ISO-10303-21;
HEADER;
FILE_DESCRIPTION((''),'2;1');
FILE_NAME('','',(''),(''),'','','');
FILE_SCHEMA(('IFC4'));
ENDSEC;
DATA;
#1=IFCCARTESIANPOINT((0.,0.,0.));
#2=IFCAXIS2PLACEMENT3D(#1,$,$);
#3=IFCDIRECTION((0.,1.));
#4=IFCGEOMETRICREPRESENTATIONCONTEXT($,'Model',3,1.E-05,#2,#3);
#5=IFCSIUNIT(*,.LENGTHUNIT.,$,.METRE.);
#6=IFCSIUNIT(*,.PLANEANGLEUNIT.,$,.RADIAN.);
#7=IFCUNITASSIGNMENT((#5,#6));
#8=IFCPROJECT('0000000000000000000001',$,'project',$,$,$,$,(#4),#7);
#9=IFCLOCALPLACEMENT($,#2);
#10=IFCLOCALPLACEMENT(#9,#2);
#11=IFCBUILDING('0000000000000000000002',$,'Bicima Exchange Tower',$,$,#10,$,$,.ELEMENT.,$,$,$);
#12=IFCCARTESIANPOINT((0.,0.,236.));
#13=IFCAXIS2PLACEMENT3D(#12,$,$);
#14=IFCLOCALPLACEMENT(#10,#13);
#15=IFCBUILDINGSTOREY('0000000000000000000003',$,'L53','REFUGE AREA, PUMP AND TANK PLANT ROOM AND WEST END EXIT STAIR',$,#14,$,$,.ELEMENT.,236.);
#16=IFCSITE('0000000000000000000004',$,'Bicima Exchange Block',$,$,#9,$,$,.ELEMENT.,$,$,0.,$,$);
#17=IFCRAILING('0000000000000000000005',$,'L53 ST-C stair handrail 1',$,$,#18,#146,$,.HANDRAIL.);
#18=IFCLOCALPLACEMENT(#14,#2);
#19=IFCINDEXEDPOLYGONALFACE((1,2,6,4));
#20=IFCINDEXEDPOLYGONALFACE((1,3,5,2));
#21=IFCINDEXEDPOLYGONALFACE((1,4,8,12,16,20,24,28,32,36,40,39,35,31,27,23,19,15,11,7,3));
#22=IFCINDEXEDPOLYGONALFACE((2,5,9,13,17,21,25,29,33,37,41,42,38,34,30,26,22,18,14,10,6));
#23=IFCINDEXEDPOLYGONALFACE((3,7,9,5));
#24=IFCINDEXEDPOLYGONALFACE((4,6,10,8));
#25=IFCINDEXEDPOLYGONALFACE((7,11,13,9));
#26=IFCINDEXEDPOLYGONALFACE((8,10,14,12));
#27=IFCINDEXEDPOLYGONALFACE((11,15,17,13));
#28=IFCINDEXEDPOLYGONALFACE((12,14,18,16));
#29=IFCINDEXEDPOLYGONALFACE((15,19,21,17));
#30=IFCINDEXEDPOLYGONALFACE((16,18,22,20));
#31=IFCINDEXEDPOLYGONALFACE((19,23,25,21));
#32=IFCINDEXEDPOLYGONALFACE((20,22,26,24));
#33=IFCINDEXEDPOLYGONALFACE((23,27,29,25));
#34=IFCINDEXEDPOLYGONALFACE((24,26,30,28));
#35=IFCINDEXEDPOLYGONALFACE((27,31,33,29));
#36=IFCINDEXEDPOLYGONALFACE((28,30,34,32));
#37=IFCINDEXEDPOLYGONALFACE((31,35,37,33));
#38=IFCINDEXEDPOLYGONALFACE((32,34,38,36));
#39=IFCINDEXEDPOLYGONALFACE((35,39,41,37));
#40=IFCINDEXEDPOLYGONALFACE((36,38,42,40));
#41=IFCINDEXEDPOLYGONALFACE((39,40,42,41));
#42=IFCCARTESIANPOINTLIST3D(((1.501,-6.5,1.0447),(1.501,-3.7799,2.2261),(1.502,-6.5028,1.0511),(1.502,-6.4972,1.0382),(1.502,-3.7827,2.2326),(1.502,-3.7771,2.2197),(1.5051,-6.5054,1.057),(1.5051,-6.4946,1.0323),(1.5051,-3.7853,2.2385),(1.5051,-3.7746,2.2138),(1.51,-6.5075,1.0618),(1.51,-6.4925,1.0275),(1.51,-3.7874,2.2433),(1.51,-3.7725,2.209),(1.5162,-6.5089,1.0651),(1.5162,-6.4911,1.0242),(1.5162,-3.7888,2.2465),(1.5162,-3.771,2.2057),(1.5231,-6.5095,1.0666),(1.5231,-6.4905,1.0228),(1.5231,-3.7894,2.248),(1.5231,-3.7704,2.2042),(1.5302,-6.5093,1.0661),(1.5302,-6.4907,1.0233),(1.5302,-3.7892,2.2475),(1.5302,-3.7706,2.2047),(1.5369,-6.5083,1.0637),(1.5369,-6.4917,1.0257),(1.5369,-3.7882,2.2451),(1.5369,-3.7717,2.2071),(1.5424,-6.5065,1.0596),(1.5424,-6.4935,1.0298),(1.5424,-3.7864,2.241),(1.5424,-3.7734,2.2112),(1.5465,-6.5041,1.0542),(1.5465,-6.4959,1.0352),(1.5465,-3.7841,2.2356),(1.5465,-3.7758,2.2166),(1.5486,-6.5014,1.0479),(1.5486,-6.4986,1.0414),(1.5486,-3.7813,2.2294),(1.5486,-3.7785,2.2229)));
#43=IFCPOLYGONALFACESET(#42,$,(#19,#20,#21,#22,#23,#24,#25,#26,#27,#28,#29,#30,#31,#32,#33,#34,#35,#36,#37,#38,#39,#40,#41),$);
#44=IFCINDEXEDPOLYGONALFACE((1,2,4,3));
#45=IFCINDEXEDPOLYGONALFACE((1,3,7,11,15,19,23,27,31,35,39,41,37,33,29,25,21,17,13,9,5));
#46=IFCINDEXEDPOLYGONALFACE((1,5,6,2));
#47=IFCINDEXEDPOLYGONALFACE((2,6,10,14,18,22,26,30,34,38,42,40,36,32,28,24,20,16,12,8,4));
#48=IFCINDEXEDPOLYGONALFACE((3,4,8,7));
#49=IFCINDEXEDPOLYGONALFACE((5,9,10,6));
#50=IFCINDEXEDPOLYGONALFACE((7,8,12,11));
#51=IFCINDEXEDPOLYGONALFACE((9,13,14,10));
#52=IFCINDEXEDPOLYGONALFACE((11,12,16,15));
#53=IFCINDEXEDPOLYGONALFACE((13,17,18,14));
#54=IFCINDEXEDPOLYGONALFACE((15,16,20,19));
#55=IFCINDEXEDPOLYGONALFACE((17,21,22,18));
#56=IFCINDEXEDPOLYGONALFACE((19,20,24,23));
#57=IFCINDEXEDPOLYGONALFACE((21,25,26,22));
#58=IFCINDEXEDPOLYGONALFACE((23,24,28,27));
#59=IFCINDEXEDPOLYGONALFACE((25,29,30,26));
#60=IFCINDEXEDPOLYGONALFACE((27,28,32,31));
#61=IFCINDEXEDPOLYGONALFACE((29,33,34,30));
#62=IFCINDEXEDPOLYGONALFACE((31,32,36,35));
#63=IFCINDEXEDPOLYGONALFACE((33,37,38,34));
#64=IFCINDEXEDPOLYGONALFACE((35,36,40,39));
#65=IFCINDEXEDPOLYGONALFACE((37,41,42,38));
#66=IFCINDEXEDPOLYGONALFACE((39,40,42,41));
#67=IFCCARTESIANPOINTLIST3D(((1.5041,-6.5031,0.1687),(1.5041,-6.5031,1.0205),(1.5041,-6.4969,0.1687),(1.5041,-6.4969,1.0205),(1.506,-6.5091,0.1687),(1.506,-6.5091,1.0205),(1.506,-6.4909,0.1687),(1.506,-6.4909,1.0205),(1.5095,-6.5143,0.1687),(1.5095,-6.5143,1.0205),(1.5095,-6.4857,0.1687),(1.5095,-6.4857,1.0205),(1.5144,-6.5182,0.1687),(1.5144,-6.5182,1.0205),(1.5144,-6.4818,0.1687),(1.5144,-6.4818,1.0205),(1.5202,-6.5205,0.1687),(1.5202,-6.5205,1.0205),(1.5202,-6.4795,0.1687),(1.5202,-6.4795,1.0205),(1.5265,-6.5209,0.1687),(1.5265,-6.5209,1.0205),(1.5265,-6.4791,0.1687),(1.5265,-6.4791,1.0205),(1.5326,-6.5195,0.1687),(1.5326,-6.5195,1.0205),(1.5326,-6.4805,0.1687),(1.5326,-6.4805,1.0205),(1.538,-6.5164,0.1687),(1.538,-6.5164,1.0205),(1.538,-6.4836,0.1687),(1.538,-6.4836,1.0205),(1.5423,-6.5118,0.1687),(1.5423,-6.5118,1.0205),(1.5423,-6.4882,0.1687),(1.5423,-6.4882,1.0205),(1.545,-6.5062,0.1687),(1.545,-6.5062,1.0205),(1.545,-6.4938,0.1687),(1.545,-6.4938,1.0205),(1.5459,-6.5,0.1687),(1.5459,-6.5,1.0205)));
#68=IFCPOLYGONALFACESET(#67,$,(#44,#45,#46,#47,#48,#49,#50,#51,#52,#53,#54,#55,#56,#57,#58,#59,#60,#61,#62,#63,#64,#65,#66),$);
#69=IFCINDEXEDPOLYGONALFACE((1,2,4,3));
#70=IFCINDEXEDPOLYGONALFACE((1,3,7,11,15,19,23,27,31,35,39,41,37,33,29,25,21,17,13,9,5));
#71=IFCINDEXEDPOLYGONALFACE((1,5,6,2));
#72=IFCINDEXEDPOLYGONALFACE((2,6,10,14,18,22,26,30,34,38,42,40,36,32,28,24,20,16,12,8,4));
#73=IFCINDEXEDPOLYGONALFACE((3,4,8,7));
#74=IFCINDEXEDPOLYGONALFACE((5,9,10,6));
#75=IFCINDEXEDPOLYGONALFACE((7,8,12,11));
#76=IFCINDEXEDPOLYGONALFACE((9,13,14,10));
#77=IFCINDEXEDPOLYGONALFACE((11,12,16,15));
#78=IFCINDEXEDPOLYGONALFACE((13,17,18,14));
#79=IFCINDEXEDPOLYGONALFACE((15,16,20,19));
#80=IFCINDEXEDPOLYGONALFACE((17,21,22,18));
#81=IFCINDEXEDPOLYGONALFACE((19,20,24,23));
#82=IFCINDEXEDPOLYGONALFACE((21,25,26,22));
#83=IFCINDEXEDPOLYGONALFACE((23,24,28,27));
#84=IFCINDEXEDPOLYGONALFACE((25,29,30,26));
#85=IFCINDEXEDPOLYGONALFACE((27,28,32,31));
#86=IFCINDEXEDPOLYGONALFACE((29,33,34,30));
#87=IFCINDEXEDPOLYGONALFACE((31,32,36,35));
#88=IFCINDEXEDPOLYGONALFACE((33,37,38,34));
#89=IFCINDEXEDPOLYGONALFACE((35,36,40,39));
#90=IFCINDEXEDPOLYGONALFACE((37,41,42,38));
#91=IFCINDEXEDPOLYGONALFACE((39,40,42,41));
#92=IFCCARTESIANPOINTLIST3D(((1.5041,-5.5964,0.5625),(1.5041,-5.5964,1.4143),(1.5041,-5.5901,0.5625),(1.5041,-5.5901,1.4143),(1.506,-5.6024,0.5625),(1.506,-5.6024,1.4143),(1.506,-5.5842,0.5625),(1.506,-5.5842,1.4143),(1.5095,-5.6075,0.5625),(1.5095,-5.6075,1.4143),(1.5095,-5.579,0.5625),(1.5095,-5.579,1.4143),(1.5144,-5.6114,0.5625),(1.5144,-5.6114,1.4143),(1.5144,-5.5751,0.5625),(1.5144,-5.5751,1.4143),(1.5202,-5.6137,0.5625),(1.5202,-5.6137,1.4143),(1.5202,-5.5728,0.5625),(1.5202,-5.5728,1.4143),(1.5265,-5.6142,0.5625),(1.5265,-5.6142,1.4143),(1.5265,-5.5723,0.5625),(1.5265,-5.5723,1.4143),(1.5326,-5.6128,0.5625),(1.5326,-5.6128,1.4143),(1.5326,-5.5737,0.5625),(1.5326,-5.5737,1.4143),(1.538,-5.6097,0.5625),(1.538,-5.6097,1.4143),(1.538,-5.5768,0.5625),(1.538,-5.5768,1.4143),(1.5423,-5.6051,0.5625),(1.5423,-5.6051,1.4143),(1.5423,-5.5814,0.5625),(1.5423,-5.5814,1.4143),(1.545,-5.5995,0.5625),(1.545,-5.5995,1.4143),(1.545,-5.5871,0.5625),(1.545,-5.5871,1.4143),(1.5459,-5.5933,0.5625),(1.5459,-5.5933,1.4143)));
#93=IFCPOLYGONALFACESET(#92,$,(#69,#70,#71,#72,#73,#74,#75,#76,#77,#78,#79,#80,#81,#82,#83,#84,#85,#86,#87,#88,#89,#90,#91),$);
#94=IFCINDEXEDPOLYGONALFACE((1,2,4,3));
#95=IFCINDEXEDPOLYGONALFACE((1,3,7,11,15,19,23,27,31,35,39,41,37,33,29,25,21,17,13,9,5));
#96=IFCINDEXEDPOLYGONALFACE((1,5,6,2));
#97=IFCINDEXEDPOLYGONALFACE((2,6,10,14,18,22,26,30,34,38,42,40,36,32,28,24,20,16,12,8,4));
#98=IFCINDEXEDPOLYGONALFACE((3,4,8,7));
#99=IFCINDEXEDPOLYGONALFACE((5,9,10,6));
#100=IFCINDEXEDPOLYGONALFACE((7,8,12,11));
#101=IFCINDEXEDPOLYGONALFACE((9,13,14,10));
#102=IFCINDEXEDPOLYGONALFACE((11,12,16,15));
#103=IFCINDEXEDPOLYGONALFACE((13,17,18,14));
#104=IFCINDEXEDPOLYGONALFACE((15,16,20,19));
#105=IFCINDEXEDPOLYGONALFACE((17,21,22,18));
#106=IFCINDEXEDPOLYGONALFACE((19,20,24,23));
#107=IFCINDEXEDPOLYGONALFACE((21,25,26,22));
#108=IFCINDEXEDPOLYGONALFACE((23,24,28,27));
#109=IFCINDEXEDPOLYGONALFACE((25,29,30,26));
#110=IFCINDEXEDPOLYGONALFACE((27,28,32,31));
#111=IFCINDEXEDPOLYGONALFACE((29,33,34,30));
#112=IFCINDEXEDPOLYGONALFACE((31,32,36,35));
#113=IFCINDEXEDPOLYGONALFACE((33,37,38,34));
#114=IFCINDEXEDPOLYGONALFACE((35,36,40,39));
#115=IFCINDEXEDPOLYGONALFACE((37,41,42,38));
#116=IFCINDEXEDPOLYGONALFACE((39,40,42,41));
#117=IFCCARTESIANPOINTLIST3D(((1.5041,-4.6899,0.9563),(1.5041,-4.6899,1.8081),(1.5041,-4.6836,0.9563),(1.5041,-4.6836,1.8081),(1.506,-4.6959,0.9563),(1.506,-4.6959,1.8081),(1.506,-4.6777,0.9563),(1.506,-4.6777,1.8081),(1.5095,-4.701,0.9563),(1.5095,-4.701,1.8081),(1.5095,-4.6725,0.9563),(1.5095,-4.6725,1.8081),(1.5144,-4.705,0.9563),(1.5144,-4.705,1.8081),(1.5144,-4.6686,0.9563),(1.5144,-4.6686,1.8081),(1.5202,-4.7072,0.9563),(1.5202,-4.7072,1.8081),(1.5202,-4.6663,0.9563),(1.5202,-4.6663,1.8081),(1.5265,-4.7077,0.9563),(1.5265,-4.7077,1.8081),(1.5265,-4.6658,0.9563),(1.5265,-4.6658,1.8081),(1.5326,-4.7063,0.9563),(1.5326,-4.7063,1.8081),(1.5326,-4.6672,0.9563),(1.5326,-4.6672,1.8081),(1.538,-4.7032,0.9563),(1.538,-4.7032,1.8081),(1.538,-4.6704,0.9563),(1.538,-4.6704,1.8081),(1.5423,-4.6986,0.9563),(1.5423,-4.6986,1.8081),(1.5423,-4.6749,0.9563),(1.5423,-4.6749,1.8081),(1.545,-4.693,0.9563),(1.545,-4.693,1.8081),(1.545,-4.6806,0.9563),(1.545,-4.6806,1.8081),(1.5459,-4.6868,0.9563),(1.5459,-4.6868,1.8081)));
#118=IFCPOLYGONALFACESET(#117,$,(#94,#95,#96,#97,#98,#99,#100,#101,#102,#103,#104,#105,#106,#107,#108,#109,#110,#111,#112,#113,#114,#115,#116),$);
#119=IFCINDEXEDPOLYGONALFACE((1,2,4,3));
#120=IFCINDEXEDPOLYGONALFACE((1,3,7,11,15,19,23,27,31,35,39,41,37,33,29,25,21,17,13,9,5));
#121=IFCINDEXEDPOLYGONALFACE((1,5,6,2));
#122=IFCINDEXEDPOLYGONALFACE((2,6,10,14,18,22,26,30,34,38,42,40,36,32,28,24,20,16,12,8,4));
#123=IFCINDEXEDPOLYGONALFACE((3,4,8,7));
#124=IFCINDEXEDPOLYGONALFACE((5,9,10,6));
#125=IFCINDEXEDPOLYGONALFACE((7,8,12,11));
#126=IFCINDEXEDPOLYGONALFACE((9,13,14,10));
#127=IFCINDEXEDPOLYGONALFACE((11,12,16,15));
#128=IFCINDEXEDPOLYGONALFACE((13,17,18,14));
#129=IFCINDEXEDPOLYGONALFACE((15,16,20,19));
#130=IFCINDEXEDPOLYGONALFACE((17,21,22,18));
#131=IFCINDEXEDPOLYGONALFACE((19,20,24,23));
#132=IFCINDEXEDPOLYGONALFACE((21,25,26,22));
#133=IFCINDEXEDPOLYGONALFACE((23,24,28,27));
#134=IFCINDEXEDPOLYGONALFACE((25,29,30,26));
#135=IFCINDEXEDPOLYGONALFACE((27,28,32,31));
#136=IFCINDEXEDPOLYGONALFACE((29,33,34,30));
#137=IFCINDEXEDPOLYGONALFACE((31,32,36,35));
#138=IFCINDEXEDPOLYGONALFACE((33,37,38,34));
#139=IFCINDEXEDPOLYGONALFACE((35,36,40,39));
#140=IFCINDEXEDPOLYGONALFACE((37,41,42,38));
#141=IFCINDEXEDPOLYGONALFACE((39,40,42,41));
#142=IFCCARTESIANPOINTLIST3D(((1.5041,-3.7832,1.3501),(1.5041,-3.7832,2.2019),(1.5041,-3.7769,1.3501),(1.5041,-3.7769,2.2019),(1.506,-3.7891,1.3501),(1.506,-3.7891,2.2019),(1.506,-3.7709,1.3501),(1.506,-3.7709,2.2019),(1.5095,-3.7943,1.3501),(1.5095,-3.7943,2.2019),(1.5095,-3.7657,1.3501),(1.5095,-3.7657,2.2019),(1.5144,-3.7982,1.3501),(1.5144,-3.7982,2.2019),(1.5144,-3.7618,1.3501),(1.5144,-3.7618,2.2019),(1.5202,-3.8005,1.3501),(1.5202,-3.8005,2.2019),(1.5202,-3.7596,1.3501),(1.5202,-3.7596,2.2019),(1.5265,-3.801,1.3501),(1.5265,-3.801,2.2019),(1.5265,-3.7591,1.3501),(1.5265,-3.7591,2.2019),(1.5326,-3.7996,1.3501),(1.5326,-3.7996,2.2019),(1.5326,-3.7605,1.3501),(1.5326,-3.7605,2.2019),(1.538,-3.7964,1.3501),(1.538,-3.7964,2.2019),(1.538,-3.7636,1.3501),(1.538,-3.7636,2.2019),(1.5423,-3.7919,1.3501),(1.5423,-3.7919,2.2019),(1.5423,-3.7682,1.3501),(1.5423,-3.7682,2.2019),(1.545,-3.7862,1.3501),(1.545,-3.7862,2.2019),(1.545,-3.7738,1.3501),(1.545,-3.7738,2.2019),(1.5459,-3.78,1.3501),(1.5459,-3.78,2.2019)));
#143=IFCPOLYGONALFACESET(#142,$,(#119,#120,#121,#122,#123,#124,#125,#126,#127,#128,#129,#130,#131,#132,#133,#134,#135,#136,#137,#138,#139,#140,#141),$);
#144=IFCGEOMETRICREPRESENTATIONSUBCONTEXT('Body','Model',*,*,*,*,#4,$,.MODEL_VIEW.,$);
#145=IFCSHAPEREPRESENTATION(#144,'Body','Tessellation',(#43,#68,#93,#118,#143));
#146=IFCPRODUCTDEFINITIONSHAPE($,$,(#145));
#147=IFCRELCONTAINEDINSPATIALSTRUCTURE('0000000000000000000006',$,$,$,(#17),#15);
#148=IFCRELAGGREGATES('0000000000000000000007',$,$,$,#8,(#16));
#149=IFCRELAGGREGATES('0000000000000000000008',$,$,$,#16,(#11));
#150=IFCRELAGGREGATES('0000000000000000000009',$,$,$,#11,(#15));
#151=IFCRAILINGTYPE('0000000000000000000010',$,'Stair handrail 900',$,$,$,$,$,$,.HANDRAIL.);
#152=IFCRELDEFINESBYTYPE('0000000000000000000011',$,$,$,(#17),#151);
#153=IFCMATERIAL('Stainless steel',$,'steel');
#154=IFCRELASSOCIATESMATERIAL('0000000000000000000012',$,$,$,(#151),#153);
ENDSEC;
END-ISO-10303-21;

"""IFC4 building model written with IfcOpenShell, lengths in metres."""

from ifc_helpers import new_model, si_unit, direction, frame, origin, origin_2d, place, context, subcontext, project, spatial, circle, extrude, material, type_object, element, save


model = new_model("IFC4")

# Units and contexts
model_context = context("Model", 3, precision=1e-05, world=origin(), true_north=direction((0.0, 1.0)))
body_context = subcontext(model_context, "Body", "Model", "MODEL_VIEW")
ifc_project = project(units=[si_unit("LENGTHUNIT", "METRE"), si_unit("PLANEANGLEUNIT", "RADIAN")], contexts=[model_context])

# Site, building, storey
site_placement = place(None, origin())
site = spatial("IfcSite", under=ifc_project, at=site_placement, Name="Bicima Exchange Block", CompositionType="ELEMENT", RefElevation=0.0)
building_placement = place(site_placement, origin())
building = spatial("IfcBuilding", under=site, at=building_placement, Name="Bicima Exchange Tower", CompositionType="ELEMENT")
storey_placement = place(building_placement, frame((0.0, 0.0, 236.0)))
storey = spatial("IfcBuildingStorey", under=building, at=storey_placement, Name="L53", Description="REFUGE AREA, PUMP AND TANK PLANT ROOM AND WEST END EXIT STAIR", CompositionType="ELEMENT", Elevation=236.0)

# Shared definitions
ifc_material_1 = material(Name="Stainless steel", Category="steel")

# Railing
railing_type_1 = type_object("IfcRailingType", Name="Stair handrail 900", PredefinedType="HANDRAIL", material=ifc_material_1)
for number, where, name in (
    (1, (1.5249, -6.5, 0.1687), "L53 ST-C stair handrail 1"),
):
    element("IfcRailing", number, at=place(storey_placement, frame(where)), inside=storey, type_object=railing_type_1, Name=name, PredefinedType="HANDRAIL", context=body_context, shape_type="SweptSolid", body=[
        extrude(circle(Radius=0.0239, at=origin_2d()), frame((0.0, 0.0, 0.876), z_axis=(0.0, 0.917218, 0.398386), x_axis=(-1.0, 0.0, 0.0)), (0.0, 0.0, 1.0), 2.9656),
        extrude(circle(Radius=0.021, at=origin_2d()), origin(), (0.0, 0.0, 1.0), 0.8518),
        extrude(circle(Radius=0.021, at=origin_2d()), frame((0.0, 0.9067, 0.3938)), (0.0, 0.0, 1.0), 0.8518),
        extrude(circle(Radius=0.021, at=origin_2d()), frame((0.0, 1.8132, 0.7876)), (0.0, 0.0, 1.0), 0.8518),
        extrude(circle(Radius=0.021, at=origin_2d()), frame((0.0, 2.72, 1.1814)), (0.0, 0.0, 1.0), 0.8518),
    ])

save(model, "model.ifc")
